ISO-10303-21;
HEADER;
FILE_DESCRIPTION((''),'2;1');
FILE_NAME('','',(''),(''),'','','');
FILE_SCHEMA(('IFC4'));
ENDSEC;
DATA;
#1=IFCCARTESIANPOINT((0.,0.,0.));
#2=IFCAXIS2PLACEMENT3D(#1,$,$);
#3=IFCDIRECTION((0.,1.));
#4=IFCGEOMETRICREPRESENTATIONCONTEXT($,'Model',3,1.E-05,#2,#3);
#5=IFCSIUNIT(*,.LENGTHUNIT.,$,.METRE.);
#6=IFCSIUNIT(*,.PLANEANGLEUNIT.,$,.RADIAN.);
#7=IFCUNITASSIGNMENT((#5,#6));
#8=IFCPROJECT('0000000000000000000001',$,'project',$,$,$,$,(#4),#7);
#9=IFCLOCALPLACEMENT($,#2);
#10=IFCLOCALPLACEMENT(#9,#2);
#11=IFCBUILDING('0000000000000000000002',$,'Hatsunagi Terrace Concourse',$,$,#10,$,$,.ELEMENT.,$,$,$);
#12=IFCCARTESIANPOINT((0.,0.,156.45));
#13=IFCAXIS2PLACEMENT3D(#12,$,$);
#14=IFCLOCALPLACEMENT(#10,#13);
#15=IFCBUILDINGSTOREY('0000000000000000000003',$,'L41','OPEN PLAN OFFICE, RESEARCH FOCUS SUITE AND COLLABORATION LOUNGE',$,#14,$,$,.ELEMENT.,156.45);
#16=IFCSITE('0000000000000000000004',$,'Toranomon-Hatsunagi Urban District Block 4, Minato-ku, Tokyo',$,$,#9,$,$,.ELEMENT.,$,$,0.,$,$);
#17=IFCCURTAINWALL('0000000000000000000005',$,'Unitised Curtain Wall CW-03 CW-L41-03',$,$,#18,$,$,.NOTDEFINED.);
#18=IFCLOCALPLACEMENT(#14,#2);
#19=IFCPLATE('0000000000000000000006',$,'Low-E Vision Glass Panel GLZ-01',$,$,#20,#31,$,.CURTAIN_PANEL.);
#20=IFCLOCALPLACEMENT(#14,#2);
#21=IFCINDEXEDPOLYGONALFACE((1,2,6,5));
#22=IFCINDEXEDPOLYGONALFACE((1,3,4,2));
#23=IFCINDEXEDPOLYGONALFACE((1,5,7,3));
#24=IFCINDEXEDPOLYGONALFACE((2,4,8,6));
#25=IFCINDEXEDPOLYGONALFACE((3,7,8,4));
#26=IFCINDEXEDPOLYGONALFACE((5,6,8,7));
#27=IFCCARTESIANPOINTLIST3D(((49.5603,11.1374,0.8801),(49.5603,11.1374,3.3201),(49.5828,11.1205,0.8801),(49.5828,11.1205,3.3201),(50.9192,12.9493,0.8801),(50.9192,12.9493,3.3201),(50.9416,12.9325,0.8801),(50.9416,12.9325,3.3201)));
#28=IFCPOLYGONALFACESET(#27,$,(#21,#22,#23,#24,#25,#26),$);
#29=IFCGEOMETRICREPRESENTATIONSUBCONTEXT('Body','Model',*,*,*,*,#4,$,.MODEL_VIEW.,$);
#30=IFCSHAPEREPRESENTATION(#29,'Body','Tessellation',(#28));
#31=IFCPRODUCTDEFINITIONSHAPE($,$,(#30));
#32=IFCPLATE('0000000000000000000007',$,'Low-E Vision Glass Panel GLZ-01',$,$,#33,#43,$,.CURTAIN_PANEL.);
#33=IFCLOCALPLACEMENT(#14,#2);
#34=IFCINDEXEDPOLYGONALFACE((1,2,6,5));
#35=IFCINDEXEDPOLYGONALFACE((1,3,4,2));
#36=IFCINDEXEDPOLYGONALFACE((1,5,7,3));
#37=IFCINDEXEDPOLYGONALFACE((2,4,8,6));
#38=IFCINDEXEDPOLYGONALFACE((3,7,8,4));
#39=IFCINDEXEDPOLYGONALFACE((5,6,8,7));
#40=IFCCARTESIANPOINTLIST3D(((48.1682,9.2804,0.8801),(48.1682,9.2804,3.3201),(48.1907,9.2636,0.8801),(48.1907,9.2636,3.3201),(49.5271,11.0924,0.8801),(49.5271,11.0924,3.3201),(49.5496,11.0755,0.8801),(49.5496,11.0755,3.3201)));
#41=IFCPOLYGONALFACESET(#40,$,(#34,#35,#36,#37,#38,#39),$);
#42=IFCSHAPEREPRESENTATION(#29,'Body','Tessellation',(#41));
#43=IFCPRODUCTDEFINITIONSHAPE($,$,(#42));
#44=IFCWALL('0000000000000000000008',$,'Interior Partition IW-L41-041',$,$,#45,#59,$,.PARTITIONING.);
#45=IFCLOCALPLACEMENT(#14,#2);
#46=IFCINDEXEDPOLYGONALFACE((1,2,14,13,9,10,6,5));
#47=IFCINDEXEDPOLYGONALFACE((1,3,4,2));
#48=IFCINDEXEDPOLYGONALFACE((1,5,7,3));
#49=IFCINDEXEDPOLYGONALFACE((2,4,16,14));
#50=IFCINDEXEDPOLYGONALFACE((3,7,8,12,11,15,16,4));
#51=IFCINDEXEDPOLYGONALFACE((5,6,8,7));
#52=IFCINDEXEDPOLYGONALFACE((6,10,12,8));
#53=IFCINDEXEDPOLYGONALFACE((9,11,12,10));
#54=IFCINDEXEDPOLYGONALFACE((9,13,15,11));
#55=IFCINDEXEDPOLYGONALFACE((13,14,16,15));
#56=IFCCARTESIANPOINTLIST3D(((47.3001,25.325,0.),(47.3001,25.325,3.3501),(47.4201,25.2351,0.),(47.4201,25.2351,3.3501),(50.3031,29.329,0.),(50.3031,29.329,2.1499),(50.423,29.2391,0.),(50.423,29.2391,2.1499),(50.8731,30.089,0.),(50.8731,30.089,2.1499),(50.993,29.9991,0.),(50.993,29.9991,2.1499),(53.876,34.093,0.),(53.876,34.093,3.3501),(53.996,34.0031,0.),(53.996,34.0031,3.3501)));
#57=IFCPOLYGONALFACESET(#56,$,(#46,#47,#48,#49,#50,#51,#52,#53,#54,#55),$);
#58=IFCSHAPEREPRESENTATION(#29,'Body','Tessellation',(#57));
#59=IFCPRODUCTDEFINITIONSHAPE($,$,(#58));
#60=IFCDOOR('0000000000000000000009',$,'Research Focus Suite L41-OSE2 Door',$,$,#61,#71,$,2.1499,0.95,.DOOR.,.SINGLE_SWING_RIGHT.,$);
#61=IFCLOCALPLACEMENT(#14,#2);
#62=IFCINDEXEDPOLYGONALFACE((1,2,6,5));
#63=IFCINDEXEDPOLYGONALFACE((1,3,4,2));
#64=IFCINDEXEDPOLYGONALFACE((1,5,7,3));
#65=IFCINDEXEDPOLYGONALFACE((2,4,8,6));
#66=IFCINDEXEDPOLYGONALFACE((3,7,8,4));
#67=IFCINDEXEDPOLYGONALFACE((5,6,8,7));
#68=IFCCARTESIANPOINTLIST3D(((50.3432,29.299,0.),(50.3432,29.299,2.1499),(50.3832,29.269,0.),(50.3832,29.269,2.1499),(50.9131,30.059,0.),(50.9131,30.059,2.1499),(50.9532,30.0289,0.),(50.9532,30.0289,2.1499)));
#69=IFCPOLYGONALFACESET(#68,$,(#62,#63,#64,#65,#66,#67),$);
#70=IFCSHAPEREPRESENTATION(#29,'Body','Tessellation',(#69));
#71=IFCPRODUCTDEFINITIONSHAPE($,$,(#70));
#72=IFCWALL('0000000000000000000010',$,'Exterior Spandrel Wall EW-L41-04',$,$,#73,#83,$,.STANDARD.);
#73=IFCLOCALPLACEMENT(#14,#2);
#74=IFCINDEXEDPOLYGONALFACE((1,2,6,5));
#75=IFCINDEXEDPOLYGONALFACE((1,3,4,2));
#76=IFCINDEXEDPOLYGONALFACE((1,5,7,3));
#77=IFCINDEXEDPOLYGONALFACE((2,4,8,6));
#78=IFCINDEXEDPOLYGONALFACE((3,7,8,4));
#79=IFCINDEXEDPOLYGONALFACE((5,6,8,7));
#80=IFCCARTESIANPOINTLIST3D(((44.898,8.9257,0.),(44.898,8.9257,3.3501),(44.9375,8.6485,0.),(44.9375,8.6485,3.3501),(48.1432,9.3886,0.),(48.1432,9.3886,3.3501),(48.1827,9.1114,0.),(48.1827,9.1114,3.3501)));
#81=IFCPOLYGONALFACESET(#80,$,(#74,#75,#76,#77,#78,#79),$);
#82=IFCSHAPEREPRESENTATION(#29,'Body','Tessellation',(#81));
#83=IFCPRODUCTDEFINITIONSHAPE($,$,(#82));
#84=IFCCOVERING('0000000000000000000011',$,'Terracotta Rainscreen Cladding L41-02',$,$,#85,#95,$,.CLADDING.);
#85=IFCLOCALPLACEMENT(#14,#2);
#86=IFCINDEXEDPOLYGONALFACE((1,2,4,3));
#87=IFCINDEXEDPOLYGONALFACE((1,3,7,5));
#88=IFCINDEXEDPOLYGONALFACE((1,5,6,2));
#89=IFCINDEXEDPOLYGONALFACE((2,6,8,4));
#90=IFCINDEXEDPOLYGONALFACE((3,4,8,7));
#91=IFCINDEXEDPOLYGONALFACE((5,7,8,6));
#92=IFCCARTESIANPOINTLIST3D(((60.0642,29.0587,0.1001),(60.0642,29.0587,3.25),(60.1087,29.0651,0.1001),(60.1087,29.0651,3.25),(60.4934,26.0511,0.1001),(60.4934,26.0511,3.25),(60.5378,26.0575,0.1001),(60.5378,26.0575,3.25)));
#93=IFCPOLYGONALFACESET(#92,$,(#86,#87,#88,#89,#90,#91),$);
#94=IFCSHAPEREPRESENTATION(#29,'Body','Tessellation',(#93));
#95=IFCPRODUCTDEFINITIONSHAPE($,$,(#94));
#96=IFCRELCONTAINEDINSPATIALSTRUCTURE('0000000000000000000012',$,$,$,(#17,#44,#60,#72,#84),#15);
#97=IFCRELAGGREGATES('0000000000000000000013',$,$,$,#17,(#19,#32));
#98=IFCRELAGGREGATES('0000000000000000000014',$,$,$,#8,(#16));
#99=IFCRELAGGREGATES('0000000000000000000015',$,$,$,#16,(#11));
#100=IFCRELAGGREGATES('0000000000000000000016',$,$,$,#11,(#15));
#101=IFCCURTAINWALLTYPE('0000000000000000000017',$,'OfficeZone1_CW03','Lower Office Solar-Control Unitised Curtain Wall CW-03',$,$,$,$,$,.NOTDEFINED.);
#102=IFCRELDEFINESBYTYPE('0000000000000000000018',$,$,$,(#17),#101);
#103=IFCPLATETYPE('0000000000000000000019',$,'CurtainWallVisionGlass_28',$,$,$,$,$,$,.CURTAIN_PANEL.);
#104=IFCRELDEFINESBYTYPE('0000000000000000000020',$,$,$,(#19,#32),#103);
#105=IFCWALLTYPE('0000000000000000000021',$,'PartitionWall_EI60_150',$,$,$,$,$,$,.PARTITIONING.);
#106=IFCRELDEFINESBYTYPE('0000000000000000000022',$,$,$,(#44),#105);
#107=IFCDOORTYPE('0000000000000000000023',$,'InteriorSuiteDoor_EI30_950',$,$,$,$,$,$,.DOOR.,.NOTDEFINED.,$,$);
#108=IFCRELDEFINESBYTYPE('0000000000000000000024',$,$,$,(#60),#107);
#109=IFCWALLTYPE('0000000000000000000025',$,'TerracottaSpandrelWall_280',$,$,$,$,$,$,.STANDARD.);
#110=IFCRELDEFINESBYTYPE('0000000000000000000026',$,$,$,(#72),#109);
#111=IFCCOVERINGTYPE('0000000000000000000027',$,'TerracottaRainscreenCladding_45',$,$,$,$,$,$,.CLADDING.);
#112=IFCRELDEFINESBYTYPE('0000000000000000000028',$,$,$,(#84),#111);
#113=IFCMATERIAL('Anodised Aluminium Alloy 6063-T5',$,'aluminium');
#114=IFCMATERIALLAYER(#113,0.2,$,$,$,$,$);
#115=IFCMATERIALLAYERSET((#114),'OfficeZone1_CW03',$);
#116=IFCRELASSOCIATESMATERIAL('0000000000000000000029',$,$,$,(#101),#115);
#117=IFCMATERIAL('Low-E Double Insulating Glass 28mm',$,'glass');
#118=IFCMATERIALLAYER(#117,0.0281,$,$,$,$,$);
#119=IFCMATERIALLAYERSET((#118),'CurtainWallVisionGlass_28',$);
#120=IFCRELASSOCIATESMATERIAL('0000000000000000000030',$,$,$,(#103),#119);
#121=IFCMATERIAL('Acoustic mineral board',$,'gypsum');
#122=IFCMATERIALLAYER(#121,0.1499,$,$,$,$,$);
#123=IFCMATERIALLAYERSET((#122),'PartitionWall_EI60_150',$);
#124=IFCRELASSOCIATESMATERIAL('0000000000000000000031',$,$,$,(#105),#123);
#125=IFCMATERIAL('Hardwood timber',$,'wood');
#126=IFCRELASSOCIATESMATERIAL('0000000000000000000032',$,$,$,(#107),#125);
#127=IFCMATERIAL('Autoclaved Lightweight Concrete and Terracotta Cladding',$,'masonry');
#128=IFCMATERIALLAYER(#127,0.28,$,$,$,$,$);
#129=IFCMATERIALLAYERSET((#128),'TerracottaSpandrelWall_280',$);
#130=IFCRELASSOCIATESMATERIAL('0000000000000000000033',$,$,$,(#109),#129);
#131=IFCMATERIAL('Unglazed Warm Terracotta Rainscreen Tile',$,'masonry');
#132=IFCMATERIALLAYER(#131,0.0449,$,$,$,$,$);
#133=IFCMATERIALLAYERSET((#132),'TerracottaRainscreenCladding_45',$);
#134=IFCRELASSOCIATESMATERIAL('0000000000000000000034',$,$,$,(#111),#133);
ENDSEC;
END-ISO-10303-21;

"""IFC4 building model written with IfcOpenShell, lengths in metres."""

from ifc_helpers import new_model, si_unit, direction, frame, frame_2d, origin, origin_2d, place, context, subcontext, project, spatial, rectangle, extrude, material, layer, layer_set, type_object, element, fill, aggregate, save


model = new_model("IFC4")

# Units and contexts
model_context = context("Model", 3, precision=1e-05, world=origin(), true_north=direction((0.0, 1.0)))
body_context = subcontext(model_context, "Body", "Model", "MODEL_VIEW")
ifc_project = project(units=[si_unit("LENGTHUNIT", "METRE"), si_unit("PLANEANGLEUNIT", "RADIAN")], contexts=[model_context])

# Site, building, storey
site_placement = place(None, origin())
site = spatial("IfcSite", under=ifc_project, at=site_placement, Name="Toranomon-Hatsunagi Urban District Block 4, Minato-ku, Tokyo", CompositionType="ELEMENT", RefElevation=0.0)
building_placement = place(site_placement, origin())
building = spatial("IfcBuilding", under=site, at=building_placement, Name="Hatsunagi Terrace Concourse", CompositionType="ELEMENT")
storey_placement = place(building_placement, frame((0.0, 0.0, 156.45)))
storey = spatial("IfcBuildingStorey", under=building, at=storey_placement, Name="L41", Description="OPEN PLAN OFFICE, RESEARCH FOCUS SUITE AND COLLABORATION LOUNGE", CompositionType="ELEMENT", Elevation=156.45)

# Curtain wall
ifc_material_1 = material(Name="Anodised Aluminium Alloy 6063-T5", Category="aluminium")
ifc_layer_1 = layer(ifc_material_1, 0.2)
ifc_layer_set_1 = layer_set([ifc_layer_1], Name="OfficeZone1_CW03")
curtain_wall_type = type_object("IfcCurtainWallType", Name="OfficeZone1_CW03", Description="Lower Office Solar-Control Unitised Curtain Wall CW-03", PredefinedType="NOTDEFINED", material=ifc_layer_set_1)
curtain_wall_placement = place(storey_placement, origin())
curtain_wall = element("IfcCurtainWall", 1, at=curtain_wall_placement, inside=storey, type_object=curtain_wall_type, Name="Unitised Curtain Wall CW-03 CW-L41-03", PredefinedType="NOTDEFINED")

# Plates
ifc_material_2 = material(Name="Low-E Double Insulating Glass 28mm", Category="glass")
ifc_layer_2 = layer(ifc_material_2, 0.0281)
ifc_layer_set_2 = layer_set([ifc_layer_2], Name="CurtainWallVisionGlass_28")
plate_type_1 = type_object("IfcPlateType", Name="CurtainWallVisionGlass_28", PredefinedType="CURTAIN_PANEL", material=ifc_layer_set_2)
plate_1_placement = place(storey_placement, frame((50.251, 12.0349, 0.8801), z_axis=(0.0, 0.0, 1.0), x_axis=(-0.599969, -0.800023, 0.0)))
plate_1 = element("IfcPlate", 2, at=plate_1_placement, type_object=plate_type_1, Name="Low-E Vision Glass Panel GLZ-01", PredefinedType="CURTAIN_PANEL", context=body_context, shape_type="SweptSolid", body=[
    extrude(rectangle(XDim=2.2649, YDim=0.0281, at=origin_2d()), origin(), (0.0, 0.0, 1.0), 2.4399),
])
plate_2_placement = place(storey_placement, frame((48.8589, 10.178, 0.8801), z_axis=(0.0, 0.0, 1.0), x_axis=(-0.599969, -0.800023, 0.0)))
plate_2 = element("IfcPlate", 3, at=plate_2_placement, type_object=plate_type_1, Name="Low-E Vision Glass Panel GLZ-01", PredefinedType="CURTAIN_PANEL", context=body_context, shape_type="SweptSolid", body=[
    extrude(rectangle(XDim=2.2649, YDim=0.0281, at=origin_2d()), origin(), (0.0, 0.0, 1.0), 2.4399),
])
aggregate(curtain_wall, [plate_1, plate_2])

# Wall, opening, door
ifc_material_3 = material(Name="Acoustic mineral board", Category="gypsum")
ifc_layer_3 = layer(ifc_material_3, 0.1499)
ifc_layer_set_3 = layer_set([ifc_layer_3], Name="PartitionWall_EI60_150")
wall_type_1 = type_object("IfcWallType", Name="PartitionWall_EI60_150", PredefinedType="PARTITIONING", material=ifc_layer_set_3)
wall_1_placement = place(storey_placement, frame((47.3601, 25.28, 0.0), z_axis=(0.0, 0.0, 1.0), x_axis=(0.599993, 0.800005, 0.0)))
wall_1 = element("IfcWall", 4, at=wall_1_placement, inside=storey, type_object=wall_type_1, Name="Interior Partition IW-L41-041", PredefinedType="PARTITIONING", context=body_context, shape_type="SweptSolid", body=[
    extrude(rectangle(XDim=10.96, YDim=0.1499, at=frame_2d((5.48, 0.0))), origin(), (0.0, 0.0, 1.0), 3.3501),
])
opening_placement = place(wall_1_placement, frame((5.0049, 0.0, 0.0)))
opening = element("IfcOpeningElement", 5, at=opening_placement, cuts=wall_1, PredefinedType="OPENING", context=body_context, shape_type="SweptSolid", body=[
    extrude(rectangle(XDim=0.95, YDim=2.1499, at=frame_2d((0.4751, 1.075))), frame((0.0, 0.085, 0.0), z_axis=(0.0, -1.0, 0.0), x_axis=(1.0, 0.0, 0.0)), (0.0, 0.0, 1.0), 0.1699),
])
ifc_material_4 = material(Name="Hardwood timber", Category="wood")
door_type = type_object("IfcDoorType", Name="InteriorSuiteDoor_EI30_950", OperationType="NOTDEFINED", PredefinedType="DOOR", material=ifc_material_4)
door_placement = place(opening_placement, origin())
door = element("IfcDoor", 6, at=door_placement, inside=storey, type_object=door_type, Name="Research Focus Suite L41-OSE2 Door", OperationType="SINGLE_SWING_RIGHT", OverallHeight=2.1499, OverallWidth=0.95, PredefinedType="DOOR", context=body_context, shape_type="SweptSolid", body=[
    extrude(rectangle(XDim=0.95, YDim=2.1499, at=frame_2d((0.4751, 1.075))), frame((0.0, 0.0249, 0.0), z_axis=(0.0, -1.0, 0.0), x_axis=(1.0, 0.0, 0.0)), (0.0, 0.0, 1.0), 0.05),
])
fill(opening, door)

# Wall
ifc_material_5 = material(Name="Autoclaved Lightweight Concrete and Terracotta Cladding", Category="masonry")
ifc_layer_4 = layer(ifc_material_5, 0.28)
ifc_layer_set_4 = layer_set([ifc_layer_4], Name="TerracottaSpandrelWall_280")
wall_type_2 = type_object("IfcWallType", Name="TerracottaSpandrelWall_280", PredefinedType="STANDARD", material=ifc_layer_set_4)
wall_2_placement = place(storey_placement, frame((48.1631, 9.25, 0.0), z_axis=(0.0, 0.0, 1.0), x_axis=(-0.989979, -0.141213, 0.0)))
element("IfcWall", 7, at=wall_2_placement, inside=storey, type_object=wall_type_2, Name="Exterior Spandrel Wall EW-L41-04", PredefinedType="STANDARD", context=body_context, shape_type="SweptSolid", body=[
    extrude(rectangle(XDim=3.2781, YDim=0.28, at=frame_2d((1.6392, 0.0))), origin(), (0.0, 0.0, 1.0), 3.3501),
])

# Covering
ifc_material_6 = material(Name="Unglazed Warm Terracotta Rainscreen Tile", Category="masonry")
ifc_layer_5 = layer(ifc_material_6, 0.0449)
ifc_layer_set_5 = layer_set([ifc_layer_5], Name="TerracottaRainscreenCladding_45")
covering_type = type_object("IfcCoveringType", Name="TerracottaRainscreenCladding_45", PredefinedType="CLADDING", material=ifc_layer_set_5)
covering_placement = place(storey_placement, frame((60.301, 27.5581, 0.1001), z_axis=(0.0, 0.0, 1.0), x_axis=(0.14125, -0.989974, 0.0)))
element("IfcCovering", 8, at=covering_placement, inside=storey, type_object=covering_type, Name="Terracotta Rainscreen Cladding L41-02", PredefinedType="CLADDING", context=body_context, shape_type="SweptSolid", body=[
    extrude(rectangle(XDim=3.0381, YDim=0.0449, at=origin_2d()), origin(), (0.0, 0.0, 1.0), 3.1499),
])

save(model, "model.ifc")
